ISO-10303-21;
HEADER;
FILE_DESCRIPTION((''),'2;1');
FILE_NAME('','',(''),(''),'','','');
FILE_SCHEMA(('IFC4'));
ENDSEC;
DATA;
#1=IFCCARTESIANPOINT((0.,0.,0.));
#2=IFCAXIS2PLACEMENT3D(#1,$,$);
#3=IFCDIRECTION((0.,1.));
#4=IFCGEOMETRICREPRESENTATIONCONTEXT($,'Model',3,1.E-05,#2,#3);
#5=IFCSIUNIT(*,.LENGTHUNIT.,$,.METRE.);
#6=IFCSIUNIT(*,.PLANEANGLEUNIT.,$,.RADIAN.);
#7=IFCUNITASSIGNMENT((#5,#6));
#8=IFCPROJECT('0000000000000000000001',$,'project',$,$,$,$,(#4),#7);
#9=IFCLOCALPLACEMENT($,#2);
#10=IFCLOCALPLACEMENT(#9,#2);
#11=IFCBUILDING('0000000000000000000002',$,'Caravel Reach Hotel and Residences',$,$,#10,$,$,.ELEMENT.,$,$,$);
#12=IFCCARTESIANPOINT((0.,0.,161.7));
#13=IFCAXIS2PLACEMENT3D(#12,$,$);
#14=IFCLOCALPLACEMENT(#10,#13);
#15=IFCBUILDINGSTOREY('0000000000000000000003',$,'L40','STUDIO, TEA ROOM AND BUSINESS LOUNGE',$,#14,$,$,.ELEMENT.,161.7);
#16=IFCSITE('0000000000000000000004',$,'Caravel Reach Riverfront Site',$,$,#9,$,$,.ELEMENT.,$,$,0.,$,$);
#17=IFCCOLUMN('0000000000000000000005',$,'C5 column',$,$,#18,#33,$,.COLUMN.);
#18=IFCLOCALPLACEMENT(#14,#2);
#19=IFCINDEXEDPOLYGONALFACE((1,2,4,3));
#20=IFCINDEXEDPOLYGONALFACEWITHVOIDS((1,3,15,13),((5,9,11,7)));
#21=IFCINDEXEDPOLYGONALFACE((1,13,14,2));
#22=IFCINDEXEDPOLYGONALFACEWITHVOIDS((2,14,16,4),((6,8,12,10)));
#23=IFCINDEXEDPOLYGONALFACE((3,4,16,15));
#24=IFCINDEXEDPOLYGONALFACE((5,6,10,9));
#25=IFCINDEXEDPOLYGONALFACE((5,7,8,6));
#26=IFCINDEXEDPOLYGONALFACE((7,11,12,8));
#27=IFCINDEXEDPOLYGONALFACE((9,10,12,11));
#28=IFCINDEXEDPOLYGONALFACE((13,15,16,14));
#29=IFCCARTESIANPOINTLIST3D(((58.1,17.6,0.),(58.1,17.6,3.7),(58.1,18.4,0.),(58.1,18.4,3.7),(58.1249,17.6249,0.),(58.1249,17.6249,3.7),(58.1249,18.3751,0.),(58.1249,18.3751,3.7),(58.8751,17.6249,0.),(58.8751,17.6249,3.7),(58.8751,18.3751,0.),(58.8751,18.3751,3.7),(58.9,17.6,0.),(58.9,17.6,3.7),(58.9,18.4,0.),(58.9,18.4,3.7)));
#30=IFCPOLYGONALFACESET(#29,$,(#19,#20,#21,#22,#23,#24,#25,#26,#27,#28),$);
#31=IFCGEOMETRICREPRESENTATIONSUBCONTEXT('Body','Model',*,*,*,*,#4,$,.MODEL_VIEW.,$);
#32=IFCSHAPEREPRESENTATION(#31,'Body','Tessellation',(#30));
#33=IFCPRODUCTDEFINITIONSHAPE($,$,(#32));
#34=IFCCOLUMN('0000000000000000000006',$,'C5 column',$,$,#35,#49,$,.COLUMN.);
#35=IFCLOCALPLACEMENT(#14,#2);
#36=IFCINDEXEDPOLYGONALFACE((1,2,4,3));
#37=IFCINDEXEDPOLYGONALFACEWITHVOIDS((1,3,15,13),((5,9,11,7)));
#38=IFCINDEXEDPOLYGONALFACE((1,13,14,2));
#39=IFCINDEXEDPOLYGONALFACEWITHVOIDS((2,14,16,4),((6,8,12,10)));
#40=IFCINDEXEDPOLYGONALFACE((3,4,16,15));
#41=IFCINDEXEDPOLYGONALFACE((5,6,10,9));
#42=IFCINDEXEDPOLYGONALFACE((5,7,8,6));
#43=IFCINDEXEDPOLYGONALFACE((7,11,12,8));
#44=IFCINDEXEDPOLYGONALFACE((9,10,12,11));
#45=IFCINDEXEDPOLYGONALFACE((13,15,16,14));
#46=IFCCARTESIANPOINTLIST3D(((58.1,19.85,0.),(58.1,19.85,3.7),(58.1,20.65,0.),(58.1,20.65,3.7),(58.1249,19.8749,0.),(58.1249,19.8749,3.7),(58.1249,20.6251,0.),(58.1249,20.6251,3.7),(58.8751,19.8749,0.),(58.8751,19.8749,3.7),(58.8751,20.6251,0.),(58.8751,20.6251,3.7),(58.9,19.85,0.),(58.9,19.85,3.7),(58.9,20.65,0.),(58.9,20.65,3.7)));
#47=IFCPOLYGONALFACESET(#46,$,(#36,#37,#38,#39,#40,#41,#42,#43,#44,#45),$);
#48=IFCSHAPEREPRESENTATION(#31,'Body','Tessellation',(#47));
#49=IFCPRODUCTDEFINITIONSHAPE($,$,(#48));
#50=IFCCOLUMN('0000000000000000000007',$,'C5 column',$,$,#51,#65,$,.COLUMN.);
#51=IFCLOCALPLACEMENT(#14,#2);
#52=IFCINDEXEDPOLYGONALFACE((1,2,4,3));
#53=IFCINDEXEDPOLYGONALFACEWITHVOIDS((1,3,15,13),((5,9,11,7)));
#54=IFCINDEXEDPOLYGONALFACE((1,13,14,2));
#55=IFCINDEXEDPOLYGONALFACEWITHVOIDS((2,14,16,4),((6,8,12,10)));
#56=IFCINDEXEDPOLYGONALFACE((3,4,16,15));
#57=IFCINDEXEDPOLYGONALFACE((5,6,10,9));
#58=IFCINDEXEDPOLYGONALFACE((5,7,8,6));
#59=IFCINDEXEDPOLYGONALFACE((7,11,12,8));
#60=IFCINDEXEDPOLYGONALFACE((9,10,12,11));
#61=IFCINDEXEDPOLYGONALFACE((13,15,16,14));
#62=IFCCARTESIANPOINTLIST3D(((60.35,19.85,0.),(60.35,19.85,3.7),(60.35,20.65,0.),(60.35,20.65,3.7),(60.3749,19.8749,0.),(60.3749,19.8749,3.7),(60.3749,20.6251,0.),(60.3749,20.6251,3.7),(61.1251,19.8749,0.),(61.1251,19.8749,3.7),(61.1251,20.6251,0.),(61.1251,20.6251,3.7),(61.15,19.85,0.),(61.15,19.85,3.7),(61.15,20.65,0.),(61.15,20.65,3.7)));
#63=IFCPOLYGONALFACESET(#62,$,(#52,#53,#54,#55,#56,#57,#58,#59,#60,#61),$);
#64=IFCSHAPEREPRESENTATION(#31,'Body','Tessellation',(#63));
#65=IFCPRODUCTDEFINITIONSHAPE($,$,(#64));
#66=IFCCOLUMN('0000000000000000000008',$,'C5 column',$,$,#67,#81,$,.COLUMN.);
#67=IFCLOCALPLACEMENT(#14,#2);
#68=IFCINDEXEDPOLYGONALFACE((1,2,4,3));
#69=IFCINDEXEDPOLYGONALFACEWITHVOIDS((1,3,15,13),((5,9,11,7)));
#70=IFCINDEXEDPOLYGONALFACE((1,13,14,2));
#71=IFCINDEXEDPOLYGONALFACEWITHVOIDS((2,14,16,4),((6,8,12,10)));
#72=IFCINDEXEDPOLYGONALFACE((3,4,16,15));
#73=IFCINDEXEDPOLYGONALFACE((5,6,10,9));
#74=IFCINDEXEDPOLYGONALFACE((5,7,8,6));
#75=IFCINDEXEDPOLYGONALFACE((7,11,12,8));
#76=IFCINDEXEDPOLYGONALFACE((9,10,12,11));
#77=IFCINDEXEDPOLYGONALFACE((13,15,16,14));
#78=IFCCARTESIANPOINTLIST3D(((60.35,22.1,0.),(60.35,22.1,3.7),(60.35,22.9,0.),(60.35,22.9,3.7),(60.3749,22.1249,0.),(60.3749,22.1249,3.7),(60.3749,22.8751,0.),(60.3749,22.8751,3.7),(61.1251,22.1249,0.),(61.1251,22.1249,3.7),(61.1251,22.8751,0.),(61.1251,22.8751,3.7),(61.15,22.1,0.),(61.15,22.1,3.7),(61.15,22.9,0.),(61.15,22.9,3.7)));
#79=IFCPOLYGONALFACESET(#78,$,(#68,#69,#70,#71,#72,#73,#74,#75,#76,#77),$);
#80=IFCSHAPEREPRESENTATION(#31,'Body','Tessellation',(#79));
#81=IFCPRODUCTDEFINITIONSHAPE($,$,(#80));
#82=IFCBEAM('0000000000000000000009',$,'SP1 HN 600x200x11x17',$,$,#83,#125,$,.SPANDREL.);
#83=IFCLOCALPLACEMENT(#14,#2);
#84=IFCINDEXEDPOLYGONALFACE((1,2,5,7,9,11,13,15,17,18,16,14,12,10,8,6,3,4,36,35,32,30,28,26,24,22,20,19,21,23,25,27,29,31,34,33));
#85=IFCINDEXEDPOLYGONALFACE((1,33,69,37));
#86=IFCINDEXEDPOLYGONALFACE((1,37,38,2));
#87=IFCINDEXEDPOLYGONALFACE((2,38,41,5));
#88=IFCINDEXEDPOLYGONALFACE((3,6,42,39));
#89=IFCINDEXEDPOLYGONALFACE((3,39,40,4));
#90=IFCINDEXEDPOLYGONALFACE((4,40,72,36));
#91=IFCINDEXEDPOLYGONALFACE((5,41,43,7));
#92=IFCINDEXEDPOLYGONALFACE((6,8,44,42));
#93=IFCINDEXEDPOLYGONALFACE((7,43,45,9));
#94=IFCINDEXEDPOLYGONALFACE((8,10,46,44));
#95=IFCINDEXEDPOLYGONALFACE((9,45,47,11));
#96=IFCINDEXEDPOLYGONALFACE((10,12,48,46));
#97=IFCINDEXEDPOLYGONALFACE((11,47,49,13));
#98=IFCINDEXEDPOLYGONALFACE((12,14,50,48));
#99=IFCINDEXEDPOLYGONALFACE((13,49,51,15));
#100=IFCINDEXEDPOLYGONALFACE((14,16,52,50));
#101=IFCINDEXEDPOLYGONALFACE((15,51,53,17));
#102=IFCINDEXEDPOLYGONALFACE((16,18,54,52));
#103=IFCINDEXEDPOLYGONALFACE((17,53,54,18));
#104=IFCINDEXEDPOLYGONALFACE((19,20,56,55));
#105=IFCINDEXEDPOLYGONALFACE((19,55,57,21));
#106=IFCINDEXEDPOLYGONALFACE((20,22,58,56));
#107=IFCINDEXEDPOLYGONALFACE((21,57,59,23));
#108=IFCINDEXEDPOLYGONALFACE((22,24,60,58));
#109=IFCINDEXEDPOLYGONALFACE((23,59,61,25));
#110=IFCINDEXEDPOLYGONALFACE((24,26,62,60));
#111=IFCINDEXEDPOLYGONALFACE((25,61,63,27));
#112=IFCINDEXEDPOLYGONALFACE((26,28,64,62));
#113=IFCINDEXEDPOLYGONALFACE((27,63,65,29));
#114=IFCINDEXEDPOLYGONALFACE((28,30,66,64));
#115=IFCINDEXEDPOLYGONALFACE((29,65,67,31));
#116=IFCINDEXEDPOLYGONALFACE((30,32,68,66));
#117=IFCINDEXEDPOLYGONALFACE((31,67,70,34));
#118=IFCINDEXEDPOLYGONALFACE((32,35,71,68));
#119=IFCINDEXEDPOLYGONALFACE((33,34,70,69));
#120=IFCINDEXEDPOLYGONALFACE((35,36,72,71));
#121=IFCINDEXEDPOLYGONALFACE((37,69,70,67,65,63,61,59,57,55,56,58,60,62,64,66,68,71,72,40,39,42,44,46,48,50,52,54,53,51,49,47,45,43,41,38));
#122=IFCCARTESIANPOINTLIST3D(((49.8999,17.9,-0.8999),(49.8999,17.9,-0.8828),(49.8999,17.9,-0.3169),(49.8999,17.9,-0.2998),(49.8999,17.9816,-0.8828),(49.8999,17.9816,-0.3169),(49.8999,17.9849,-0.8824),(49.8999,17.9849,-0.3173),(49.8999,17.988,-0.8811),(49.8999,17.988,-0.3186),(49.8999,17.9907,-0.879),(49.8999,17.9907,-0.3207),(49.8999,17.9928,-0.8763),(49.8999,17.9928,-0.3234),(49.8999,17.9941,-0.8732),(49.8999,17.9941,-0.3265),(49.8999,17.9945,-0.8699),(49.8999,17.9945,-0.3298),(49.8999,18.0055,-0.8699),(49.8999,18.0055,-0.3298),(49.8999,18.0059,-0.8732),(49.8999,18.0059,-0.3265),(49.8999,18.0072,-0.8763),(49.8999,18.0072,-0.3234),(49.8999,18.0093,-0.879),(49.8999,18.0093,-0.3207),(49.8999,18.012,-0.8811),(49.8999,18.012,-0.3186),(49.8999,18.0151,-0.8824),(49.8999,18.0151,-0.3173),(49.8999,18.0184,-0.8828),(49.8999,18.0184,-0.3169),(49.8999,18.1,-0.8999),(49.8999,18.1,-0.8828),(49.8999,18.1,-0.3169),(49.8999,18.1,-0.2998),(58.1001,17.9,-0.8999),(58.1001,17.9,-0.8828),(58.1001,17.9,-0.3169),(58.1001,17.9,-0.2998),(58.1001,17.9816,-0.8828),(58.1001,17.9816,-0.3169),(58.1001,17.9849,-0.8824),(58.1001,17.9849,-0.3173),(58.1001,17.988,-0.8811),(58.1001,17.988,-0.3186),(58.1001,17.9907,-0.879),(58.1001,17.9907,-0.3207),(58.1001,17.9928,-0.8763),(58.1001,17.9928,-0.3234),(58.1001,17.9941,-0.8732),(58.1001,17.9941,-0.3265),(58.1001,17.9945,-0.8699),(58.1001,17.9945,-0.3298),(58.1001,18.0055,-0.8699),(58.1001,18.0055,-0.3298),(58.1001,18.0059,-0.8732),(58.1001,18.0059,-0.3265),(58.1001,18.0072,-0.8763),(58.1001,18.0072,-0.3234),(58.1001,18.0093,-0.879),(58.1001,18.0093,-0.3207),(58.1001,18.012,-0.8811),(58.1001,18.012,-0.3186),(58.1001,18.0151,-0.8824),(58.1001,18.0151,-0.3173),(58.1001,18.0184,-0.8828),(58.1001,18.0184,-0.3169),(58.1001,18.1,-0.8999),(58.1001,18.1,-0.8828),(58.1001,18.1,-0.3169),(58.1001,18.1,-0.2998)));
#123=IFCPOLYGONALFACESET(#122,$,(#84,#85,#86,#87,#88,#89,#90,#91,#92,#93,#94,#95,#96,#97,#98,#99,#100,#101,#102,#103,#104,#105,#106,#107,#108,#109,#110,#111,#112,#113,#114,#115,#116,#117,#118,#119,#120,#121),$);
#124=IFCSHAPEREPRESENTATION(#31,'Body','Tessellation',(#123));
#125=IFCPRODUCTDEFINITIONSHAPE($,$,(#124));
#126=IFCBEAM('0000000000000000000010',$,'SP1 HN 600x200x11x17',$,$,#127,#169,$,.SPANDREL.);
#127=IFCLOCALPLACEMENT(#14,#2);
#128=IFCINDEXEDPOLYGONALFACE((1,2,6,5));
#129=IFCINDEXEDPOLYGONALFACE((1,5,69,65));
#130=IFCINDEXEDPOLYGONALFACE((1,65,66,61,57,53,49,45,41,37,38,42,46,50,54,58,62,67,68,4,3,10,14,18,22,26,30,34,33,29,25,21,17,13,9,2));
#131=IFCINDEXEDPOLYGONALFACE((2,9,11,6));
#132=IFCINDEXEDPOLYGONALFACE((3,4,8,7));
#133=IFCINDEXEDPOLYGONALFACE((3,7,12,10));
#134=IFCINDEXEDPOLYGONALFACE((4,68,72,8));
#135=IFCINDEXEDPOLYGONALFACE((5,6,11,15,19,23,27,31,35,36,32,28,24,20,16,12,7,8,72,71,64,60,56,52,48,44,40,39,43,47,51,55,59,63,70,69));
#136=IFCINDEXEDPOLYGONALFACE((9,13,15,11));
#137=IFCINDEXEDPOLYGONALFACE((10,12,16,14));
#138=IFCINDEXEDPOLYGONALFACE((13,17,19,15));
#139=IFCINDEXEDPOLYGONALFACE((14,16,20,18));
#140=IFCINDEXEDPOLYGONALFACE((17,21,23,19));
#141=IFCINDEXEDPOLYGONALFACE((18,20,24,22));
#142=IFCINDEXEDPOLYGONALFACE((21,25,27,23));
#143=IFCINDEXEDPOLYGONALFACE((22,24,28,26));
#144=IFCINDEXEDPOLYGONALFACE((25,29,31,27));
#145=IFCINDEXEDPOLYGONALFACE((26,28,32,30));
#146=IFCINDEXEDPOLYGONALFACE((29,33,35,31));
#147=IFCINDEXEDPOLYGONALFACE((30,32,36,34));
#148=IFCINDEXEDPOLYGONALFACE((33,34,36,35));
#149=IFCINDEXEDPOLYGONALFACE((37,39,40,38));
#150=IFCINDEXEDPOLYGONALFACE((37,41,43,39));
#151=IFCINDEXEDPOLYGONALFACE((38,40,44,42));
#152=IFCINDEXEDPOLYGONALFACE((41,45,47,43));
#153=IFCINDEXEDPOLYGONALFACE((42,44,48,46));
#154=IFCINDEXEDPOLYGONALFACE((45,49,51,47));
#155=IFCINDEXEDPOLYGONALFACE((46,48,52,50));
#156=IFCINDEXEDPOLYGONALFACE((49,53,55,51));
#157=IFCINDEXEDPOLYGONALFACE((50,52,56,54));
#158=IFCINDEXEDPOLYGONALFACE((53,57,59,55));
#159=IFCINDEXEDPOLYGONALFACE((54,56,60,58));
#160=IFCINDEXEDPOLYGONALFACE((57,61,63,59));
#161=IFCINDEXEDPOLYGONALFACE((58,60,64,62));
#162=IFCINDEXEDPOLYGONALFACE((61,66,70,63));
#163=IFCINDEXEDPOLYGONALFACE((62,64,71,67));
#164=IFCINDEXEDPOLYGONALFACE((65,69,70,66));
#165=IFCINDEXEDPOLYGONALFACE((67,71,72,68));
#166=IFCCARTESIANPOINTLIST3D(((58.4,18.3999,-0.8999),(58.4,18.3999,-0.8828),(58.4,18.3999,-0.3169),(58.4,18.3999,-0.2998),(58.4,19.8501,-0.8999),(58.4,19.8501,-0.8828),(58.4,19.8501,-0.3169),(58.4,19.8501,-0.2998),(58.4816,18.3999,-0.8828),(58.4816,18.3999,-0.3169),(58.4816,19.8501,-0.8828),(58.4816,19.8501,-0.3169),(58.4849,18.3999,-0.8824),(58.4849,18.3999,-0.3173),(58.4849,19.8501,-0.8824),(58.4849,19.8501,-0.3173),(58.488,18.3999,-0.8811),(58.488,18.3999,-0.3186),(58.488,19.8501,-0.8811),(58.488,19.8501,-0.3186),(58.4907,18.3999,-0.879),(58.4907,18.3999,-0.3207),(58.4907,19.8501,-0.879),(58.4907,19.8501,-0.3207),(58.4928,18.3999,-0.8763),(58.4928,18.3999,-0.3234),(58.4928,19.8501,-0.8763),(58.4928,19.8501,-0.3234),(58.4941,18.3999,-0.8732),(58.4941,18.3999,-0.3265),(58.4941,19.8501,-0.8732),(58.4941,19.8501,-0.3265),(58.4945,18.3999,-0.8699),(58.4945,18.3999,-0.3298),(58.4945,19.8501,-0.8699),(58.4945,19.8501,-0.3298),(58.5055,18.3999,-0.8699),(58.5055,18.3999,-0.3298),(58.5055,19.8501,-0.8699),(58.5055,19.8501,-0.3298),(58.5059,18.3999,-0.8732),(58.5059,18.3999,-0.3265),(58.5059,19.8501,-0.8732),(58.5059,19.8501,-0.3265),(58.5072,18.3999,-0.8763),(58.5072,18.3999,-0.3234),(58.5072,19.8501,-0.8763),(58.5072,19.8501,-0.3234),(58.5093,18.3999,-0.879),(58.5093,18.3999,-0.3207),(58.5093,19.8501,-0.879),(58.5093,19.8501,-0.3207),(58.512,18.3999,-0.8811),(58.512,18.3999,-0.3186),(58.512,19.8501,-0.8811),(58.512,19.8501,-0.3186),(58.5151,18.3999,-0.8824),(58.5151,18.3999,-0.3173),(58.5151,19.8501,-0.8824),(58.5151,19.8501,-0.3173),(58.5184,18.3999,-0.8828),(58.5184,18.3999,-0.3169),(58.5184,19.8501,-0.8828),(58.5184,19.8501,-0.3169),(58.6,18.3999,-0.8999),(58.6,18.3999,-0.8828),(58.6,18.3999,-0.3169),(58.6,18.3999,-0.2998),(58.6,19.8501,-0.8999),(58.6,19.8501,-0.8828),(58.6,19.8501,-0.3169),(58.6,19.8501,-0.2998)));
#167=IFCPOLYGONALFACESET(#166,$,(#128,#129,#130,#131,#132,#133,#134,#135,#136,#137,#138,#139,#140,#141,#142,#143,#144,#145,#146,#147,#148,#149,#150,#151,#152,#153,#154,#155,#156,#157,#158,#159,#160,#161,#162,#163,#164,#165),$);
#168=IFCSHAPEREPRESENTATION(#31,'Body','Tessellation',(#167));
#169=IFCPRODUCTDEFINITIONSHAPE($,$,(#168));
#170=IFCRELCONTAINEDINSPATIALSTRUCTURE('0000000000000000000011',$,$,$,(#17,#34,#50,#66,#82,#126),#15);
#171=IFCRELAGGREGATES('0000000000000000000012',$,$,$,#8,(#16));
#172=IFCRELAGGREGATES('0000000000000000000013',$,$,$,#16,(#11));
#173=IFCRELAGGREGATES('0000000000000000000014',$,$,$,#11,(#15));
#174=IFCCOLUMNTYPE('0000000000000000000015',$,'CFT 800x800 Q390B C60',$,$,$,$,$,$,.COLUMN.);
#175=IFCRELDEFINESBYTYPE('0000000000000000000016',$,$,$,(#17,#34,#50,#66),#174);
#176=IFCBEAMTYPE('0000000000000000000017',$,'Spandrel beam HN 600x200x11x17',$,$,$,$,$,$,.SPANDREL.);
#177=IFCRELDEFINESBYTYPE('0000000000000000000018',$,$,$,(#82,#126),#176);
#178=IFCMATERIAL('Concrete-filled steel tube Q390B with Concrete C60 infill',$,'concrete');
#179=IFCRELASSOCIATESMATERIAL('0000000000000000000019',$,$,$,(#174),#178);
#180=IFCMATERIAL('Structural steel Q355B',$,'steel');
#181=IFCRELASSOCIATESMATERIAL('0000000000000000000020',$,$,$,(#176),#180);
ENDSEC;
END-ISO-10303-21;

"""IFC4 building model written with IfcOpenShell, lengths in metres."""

from ifc_helpers import new_model, si_unit, direction, frame, origin, origin_2d, place, context, subcontext, project, spatial, hollow_rectangle, i_section, extrude, material, material_profile, profile_set, type_object, element, save


model = new_model("IFC4")

# Units and contexts
model_context = context("Model", 3, precision=1e-05, world=origin(), true_north=direction((0.0, 1.0)))
body_context = subcontext(model_context, "Body", "Model", "MODEL_VIEW")
ifc_project = project(units=[si_unit("LENGTHUNIT", "METRE"), si_unit("PLANEANGLEUNIT", "RADIAN")], contexts=[model_context])

# Site, building, storey
site_placement = place(None, origin())
site = spatial("IfcSite", under=ifc_project, at=site_placement, Name="Caravel Reach Riverfront Site", CompositionType="ELEMENT", RefElevation=0.0)
building_placement = place(site_placement, origin())
building = spatial("IfcBuilding", under=site, at=building_placement, Name="Caravel Reach Hotel and Residences", CompositionType="ELEMENT")
storey_placement = place(building_placement, frame((0.0, 0.0, 161.7)))
storey = spatial("IfcBuildingStorey", under=building, at=storey_placement, Name="L40", Description="STUDIO, TEA ROOM AND BUSINESS LOUNGE", CompositionType="ELEMENT", Elevation=161.7)

# Columns
ifc_material_1 = material(Name="Concrete-filled steel tube Q390B with Concrete C60 infill", Category="concrete")
ifc_material_profile_1 = material_profile(ifc_material_1, hollow_rectangle(XDim=0.8, YDim=0.8, WallThickness=0.0249, at=origin_2d()), Name="RHS 800x800x25")
ifc_profile_set_1 = profile_set([ifc_material_profile_1], Name="Concrete-filled steel tube Q390B with Concrete C60 infill")
column_type = type_object("IfcColumnType", Name="CFT 800x800 Q390B C60", PredefinedType="COLUMN", material=ifc_profile_set_1)
for number, where, z_axis, x_axis, name in (
    (1, (58.5, 18.0, 0.0), (0.0, 0.0, 1.0), (1.0, 0.0, 0.0), "C5 column"),
    (2, (58.5, 20.25, 0.0), (0.0, 0.0, 1.0), (1.0, 0.0, 0.0), "C5 column"),
    (3, (60.75, 20.25, 0.0), (0.0, 0.0, 1.0), (1.0, 0.0, 0.0), "C5 column"),
    (4, (60.75, 22.5, 0.0), (0.0, 0.0, 1.0), (1.0, 0.0, 0.0), "C5 column"),
):
    element("IfcColumn", number, at=place(storey_placement, frame(where, z_axis=z_axis, x_axis=x_axis)), inside=storey, type_object=column_type, Name=name, PredefinedType="COLUMN", context=body_context, shape_type="SweptSolid", body=[
        extrude(hollow_rectangle(XDim=0.8, YDim=0.8, WallThickness=0.0249, at=origin_2d()), origin(), (0.0, 0.0, 1.0), 3.7),
    ])

# Beams
ifc_material_2 = material(Name="Structural steel Q355B", Category="steel")
ifc_material_profile_2 = material_profile(ifc_material_2, i_section(OverallWidth=0.2, OverallDepth=0.6001, WebThickness=0.011, FlangeThickness=0.0171, FilletRadius=0.0129, at=origin_2d()), Name="HN 600x200x11x17")
ifc_profile_set_2 = profile_set([ifc_material_profile_2], Name="Structural steel Q355B")
beam_type = type_object("IfcBeamType", Name="Spandrel beam HN 600x200x11x17", PredefinedType="SPANDREL", material=ifc_profile_set_2)
beam_placement = place(storey_placement, frame((49.8999, 18.0, -0.5999), z_axis=(1.0, 0.0, 0.0), x_axis=(0.0, 1.0, 0.0)))
element("IfcBeam", 5, at=beam_placement, inside=storey, type_object=beam_type, Name="SP1 HN 600x200x11x17", PredefinedType="SPANDREL", context=body_context, shape_type="SweptSolid", body=[
    extrude(i_section(OverallWidth=0.2, OverallDepth=0.6001, WebThickness=0.011, FlangeThickness=0.0171, FilletRadius=0.0129, at=origin_2d()), origin(), (0.0, 0.0, 1.0), 8.2002),
])
for number, where, z_axis, x_axis, name in (
    (6, (58.5, 18.3999, -0.5999), (0.0, 1.0, 0.0), (-1.0, 0.0, 0.0), "SP1 HN 600x200x11x17"),
):
    element("IfcBeam", number, at=place(storey_placement, frame(where, z_axis=z_axis, x_axis=x_axis)), inside=storey, type_object=beam_type, Name=name, PredefinedType="SPANDREL", context=body_context, shape_type="SweptSolid", body=[
        extrude(i_section(OverallWidth=0.2, OverallDepth=0.6001, WebThickness=0.011, FlangeThickness=0.0171, FilletRadius=0.0129, at=origin_2d()), origin(), (0.0, 0.0, 1.0), 1.4502),
    ])

save(model, "model.ifc")
